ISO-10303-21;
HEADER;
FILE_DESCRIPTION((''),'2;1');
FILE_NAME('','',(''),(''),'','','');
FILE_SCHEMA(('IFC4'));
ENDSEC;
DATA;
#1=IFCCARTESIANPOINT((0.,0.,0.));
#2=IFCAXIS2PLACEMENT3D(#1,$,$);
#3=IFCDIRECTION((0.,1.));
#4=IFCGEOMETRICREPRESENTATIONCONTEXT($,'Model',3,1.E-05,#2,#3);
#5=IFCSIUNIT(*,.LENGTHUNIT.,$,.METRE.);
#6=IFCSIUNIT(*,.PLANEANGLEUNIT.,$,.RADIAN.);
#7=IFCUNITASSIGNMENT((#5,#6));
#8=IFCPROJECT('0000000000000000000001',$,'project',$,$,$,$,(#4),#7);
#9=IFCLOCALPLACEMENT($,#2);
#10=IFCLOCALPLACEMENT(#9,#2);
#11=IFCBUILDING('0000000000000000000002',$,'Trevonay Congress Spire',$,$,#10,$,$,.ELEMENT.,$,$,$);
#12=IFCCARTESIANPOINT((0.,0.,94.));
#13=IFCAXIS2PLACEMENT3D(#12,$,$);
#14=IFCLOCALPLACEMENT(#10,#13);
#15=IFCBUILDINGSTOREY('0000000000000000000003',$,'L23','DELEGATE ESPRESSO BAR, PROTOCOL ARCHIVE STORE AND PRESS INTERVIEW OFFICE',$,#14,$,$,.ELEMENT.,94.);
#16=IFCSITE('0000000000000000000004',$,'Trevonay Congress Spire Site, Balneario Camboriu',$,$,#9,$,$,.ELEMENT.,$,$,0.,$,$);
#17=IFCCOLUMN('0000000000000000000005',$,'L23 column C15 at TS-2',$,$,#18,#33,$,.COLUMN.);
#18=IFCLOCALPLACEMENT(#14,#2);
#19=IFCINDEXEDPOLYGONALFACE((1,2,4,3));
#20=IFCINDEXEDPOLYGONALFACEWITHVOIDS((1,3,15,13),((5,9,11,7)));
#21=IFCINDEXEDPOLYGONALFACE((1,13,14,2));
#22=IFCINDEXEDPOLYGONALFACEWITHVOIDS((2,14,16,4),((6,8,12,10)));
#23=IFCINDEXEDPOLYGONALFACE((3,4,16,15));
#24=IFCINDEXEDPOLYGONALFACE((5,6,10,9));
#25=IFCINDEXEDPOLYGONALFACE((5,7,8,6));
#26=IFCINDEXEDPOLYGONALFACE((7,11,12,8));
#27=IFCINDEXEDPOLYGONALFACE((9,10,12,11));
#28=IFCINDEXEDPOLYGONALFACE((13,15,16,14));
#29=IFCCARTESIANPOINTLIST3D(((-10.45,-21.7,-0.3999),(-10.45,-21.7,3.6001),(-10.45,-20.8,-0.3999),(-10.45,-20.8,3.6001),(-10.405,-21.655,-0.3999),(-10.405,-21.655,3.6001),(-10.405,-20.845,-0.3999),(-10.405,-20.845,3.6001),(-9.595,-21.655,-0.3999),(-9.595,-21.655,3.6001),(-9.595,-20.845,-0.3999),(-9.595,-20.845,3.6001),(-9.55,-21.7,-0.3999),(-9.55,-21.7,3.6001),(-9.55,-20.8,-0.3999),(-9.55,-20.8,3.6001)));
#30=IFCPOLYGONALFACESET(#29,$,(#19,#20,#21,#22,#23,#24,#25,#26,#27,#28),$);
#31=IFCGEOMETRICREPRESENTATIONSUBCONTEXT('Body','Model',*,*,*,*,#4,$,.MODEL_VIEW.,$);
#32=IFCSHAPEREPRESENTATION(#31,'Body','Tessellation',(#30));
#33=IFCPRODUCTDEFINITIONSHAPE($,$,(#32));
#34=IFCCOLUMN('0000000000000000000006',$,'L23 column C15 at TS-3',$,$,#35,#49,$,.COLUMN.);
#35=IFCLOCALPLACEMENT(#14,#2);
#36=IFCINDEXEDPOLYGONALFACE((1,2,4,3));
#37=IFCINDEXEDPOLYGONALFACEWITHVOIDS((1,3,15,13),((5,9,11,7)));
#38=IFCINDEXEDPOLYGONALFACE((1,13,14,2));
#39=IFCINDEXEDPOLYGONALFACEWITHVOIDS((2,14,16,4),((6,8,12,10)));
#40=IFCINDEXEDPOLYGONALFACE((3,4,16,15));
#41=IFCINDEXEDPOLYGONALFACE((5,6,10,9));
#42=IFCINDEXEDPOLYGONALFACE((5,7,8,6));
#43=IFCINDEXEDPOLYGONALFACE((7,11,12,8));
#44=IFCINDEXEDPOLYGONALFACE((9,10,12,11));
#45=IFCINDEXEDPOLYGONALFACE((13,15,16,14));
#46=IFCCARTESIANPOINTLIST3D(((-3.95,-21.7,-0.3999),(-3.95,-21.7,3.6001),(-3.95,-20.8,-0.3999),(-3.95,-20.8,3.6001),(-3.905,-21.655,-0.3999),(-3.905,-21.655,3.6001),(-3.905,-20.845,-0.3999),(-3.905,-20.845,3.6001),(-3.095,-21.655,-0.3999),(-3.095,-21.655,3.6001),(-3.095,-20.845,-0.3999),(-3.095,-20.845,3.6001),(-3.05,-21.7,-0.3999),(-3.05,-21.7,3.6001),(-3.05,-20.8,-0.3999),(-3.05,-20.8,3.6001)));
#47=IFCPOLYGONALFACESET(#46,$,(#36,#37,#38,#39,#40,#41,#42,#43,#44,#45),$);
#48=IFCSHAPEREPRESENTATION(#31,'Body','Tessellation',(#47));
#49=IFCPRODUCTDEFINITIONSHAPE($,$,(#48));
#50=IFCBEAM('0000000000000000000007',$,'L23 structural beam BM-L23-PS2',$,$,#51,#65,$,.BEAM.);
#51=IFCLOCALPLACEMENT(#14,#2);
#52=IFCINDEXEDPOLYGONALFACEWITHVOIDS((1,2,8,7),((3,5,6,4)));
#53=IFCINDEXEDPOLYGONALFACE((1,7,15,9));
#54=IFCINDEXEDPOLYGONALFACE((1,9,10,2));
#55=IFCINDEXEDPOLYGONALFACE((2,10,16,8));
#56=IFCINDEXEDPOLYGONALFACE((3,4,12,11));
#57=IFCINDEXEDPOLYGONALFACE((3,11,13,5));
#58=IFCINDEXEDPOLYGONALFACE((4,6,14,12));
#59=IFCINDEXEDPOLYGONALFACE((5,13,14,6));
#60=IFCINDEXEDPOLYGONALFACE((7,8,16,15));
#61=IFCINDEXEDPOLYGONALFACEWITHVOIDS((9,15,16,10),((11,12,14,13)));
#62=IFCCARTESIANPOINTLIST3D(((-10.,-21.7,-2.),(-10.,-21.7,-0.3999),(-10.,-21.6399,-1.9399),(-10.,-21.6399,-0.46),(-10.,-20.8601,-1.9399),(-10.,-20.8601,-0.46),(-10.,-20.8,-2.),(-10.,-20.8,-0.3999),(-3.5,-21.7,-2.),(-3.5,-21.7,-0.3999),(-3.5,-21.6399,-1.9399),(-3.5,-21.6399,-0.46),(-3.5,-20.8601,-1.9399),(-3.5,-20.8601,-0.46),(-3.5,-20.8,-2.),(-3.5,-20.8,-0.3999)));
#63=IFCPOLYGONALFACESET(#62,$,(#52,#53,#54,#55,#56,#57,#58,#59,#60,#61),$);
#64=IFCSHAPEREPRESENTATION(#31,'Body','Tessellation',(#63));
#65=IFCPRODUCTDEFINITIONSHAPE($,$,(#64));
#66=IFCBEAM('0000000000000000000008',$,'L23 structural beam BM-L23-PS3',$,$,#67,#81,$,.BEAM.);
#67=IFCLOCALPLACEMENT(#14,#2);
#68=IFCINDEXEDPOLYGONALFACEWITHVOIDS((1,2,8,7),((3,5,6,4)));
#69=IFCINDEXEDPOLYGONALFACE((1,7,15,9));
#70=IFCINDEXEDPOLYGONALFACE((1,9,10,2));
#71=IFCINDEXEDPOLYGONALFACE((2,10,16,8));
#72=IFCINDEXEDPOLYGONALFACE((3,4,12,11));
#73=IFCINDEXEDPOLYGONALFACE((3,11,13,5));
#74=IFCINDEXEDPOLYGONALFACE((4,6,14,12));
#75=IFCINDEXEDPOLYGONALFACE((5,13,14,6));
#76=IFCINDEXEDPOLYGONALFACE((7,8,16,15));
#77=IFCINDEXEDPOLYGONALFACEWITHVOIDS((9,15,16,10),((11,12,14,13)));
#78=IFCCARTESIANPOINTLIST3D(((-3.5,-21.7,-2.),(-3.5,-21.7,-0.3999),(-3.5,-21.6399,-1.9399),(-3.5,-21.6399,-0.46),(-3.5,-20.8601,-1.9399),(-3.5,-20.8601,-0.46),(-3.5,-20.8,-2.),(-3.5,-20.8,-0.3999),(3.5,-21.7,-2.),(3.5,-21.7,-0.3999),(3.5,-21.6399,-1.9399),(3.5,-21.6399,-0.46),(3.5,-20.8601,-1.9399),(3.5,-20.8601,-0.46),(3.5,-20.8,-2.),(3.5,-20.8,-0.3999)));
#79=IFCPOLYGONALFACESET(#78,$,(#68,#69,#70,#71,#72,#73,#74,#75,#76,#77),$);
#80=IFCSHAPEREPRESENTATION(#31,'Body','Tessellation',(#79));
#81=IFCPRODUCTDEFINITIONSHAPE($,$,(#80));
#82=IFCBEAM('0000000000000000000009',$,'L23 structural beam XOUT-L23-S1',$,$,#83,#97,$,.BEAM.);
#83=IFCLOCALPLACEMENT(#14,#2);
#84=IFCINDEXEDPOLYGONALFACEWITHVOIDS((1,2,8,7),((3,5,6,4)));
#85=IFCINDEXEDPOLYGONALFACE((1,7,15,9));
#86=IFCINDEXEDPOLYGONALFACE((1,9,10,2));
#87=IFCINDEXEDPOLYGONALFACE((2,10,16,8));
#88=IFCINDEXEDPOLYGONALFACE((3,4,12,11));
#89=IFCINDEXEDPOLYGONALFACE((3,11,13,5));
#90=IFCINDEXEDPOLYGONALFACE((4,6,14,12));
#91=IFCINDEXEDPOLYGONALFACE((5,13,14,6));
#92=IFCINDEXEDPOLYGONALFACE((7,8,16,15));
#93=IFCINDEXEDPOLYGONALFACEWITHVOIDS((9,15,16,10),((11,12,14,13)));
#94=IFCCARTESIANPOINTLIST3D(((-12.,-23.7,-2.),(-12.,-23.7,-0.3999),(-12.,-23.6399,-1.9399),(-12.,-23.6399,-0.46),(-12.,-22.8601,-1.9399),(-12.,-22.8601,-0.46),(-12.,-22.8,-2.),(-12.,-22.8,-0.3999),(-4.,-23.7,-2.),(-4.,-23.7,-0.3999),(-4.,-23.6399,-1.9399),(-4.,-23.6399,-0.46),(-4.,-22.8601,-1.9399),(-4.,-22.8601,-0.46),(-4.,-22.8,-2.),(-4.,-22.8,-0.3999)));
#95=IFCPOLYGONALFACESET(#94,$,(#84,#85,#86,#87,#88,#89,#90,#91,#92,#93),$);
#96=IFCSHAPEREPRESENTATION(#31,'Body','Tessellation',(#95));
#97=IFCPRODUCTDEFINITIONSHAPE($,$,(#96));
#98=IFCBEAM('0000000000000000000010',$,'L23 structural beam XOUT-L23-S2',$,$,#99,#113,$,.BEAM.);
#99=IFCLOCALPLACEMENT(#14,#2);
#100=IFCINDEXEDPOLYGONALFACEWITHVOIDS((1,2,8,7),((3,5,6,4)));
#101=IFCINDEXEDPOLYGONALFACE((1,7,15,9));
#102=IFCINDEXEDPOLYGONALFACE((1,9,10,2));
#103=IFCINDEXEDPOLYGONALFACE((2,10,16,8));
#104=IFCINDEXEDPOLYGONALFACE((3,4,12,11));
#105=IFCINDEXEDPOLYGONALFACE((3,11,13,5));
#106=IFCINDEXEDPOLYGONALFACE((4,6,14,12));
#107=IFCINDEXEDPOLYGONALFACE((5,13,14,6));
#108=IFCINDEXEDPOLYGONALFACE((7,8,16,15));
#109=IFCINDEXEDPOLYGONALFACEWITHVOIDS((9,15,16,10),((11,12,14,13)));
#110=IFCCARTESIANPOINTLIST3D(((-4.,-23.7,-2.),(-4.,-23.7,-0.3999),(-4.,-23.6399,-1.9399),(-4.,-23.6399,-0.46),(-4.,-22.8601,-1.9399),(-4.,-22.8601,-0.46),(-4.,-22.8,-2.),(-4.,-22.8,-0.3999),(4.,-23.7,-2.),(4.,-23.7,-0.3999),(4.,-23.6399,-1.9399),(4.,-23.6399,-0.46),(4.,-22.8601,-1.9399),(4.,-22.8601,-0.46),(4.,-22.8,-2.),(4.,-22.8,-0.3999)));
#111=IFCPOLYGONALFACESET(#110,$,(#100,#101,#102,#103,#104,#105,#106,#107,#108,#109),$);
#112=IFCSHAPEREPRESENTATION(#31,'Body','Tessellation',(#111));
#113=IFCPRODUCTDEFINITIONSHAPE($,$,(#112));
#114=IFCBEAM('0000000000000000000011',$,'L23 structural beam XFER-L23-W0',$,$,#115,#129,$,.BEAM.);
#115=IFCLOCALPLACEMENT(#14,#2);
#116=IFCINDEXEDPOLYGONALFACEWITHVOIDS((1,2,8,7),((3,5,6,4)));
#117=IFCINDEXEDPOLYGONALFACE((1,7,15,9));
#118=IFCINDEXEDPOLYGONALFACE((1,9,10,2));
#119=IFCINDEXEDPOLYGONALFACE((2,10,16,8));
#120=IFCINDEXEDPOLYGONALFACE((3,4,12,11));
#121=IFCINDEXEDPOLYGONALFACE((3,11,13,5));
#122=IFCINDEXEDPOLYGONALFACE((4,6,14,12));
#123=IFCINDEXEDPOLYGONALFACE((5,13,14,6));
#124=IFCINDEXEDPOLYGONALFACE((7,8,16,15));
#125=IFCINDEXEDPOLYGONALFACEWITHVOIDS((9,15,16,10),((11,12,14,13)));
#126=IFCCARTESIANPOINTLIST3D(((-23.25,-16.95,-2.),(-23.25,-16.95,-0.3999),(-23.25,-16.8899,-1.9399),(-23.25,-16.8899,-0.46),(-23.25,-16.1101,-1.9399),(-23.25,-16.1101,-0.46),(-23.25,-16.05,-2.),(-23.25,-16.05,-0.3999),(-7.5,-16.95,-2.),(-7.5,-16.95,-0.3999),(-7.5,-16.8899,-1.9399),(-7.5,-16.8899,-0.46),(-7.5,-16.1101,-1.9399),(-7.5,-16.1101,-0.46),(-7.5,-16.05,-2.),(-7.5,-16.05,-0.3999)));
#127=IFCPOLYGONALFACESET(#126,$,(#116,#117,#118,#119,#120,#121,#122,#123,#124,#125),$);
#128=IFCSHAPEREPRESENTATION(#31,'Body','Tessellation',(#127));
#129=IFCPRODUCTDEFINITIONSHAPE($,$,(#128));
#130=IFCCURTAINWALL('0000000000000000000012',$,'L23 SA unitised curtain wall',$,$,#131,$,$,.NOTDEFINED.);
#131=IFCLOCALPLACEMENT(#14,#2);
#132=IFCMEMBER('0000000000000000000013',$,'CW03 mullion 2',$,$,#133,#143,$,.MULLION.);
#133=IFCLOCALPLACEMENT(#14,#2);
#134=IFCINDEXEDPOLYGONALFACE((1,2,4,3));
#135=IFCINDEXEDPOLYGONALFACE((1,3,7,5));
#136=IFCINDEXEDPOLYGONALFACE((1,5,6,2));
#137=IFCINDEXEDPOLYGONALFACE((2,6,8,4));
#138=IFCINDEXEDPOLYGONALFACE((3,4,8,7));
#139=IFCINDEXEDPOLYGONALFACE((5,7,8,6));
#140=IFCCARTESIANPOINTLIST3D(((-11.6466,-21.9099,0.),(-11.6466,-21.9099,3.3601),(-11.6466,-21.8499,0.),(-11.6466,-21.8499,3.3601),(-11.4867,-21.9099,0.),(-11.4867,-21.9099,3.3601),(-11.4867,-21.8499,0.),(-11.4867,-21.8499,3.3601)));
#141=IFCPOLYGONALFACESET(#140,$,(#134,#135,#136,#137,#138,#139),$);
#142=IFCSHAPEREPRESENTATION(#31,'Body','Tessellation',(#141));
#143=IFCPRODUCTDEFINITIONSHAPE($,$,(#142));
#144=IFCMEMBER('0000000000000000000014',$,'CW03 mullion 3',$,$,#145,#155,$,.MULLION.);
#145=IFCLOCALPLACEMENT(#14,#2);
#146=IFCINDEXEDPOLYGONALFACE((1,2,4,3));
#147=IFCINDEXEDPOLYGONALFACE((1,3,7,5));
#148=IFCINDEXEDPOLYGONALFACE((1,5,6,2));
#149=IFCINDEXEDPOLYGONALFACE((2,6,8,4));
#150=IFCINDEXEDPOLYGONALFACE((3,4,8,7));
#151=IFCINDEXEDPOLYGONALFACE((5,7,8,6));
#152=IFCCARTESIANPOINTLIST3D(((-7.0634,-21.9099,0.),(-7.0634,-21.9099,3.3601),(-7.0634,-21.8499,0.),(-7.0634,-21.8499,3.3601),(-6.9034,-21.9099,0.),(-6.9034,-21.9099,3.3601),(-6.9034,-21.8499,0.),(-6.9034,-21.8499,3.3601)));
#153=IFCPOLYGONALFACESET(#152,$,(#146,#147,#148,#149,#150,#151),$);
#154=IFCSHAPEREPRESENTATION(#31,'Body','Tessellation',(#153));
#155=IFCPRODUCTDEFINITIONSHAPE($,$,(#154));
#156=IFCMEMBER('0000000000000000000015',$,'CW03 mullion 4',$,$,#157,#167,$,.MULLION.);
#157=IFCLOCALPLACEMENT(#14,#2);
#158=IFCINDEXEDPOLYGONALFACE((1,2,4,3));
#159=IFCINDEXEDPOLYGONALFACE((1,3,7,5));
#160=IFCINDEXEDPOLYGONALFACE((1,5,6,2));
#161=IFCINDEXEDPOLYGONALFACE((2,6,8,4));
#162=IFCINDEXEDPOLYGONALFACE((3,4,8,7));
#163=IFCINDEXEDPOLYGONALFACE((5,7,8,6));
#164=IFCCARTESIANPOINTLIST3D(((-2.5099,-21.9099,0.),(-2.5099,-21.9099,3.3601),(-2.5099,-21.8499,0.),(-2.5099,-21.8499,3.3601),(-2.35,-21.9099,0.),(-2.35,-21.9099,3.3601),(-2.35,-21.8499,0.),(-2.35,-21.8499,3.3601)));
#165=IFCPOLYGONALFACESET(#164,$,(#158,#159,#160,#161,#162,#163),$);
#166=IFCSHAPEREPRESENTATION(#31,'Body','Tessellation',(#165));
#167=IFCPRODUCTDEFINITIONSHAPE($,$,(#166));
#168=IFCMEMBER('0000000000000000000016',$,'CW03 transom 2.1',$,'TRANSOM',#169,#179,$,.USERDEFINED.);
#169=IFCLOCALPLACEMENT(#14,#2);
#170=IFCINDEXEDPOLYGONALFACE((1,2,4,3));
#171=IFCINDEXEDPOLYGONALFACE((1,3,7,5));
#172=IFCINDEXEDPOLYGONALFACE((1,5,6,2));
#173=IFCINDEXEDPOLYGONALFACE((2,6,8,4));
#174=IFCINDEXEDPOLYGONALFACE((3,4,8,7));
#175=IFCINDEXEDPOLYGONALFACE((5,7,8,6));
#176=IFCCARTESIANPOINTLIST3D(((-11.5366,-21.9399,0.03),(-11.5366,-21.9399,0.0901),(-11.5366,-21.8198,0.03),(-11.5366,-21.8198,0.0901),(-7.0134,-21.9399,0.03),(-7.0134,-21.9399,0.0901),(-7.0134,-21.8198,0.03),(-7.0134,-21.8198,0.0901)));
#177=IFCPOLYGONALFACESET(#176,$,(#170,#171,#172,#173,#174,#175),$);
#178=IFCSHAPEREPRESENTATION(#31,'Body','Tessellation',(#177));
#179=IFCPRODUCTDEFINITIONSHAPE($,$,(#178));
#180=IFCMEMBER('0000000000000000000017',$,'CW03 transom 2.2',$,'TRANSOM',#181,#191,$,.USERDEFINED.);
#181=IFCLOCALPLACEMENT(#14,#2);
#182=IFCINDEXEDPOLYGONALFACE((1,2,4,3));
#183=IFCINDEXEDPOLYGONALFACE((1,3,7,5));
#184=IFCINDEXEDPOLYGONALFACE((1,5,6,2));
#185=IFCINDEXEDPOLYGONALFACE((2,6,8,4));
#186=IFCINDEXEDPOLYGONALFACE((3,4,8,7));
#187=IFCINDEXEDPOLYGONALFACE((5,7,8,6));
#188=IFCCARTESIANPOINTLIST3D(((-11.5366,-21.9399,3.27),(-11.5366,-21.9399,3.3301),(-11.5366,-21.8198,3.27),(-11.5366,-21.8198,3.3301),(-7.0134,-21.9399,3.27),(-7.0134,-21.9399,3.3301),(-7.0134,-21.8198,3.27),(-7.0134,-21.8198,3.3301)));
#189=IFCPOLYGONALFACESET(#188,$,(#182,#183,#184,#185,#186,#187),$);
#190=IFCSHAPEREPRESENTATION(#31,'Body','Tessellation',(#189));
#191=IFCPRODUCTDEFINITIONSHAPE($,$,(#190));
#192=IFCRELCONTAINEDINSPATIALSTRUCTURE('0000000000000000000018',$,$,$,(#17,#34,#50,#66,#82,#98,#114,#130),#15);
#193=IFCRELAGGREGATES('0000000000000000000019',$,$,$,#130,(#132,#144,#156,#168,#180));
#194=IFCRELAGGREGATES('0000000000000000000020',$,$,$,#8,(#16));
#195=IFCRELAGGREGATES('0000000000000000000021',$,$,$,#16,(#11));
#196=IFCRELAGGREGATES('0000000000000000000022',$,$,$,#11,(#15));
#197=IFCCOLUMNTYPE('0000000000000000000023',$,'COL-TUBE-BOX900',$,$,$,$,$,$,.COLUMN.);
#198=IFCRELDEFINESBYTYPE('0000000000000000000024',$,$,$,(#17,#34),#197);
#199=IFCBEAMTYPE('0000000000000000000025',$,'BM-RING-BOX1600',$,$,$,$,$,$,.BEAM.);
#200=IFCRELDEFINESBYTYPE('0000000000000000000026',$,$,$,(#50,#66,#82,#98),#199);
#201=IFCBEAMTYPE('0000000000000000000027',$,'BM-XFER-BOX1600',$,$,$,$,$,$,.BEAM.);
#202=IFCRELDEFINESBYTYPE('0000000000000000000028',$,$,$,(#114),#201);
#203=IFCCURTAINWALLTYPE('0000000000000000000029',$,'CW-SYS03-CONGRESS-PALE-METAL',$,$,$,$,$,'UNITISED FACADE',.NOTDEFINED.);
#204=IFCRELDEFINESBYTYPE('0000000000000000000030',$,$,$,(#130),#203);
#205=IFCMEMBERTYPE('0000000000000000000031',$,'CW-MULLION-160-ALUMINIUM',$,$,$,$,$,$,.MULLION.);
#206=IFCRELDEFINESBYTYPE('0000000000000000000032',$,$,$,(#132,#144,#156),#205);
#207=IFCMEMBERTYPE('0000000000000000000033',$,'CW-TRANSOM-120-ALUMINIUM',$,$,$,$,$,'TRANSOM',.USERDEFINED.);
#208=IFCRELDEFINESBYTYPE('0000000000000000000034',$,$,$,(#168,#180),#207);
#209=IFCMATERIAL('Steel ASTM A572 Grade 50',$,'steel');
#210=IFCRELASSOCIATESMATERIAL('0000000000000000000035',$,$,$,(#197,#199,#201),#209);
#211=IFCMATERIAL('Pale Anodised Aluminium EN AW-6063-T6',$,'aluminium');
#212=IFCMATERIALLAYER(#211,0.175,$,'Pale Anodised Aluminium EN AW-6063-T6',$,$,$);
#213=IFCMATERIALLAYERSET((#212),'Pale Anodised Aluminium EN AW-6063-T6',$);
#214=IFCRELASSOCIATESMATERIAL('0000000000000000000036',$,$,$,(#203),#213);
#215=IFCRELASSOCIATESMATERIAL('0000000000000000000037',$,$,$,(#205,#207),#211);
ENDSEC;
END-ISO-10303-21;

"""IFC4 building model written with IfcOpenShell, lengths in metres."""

from ifc_helpers import new_model, si_unit, direction, frame, origin, origin_2d, place, context, subcontext, project, spatial, rectangle, hollow_rectangle, extrude, material, layer, layer_set, material_profile, profile_set, type_object, element, aggregate, save


model = new_model("IFC4")

# Units and contexts
model_context = context("Model", 3, precision=1e-05, world=origin(), true_north=direction((0.0, 1.0)))
body_context = subcontext(model_context, "Body", "Model", "MODEL_VIEW")
ifc_project = project(units=[si_unit("LENGTHUNIT", "METRE"), si_unit("PLANEANGLEUNIT", "RADIAN")], contexts=[model_context])

# Site, building, storey
site_placement = place(None, origin())
site = spatial("IfcSite", under=ifc_project, at=site_placement, Name="Trevonay Congress Spire Site, Balneario Camboriu", CompositionType="ELEMENT", RefElevation=0.0)
building_placement = place(site_placement, origin())
building = spatial("IfcBuilding", under=site, at=building_placement, Name="Trevonay Congress Spire", CompositionType="ELEMENT")
storey_placement = place(building_placement, frame((0.0, 0.0, 94.0)))
storey = spatial("IfcBuildingStorey", under=building, at=storey_placement, Name="L23", Description="DELEGATE ESPRESSO BAR, PROTOCOL ARCHIVE STORE AND PRESS INTERVIEW OFFICE", CompositionType="ELEMENT", Elevation=94.0)

# Columns
ifc_material_1 = material(Name="Steel ASTM A572 Grade 50", Category="steel")
ifc_material_profile_1 = material_profile(ifc_material_1, hollow_rectangle(XDim=0.8999, YDim=0.8999, WallThickness=0.0449, at=origin_2d()), Name="BOX 900x900x45")
ifc_profile_set_1 = profile_set([ifc_material_profile_1], Name="Steel ASTM A572 Grade 50")
column_type = type_object("IfcColumnType", Name="COL-TUBE-BOX900", PredefinedType="COLUMN", material=ifc_profile_set_1)
for number, where, z_axis, x_axis, name in (
    (1, (-10.0, -21.25, -0.3999), (0.0, 0.0, 1.0), (1.0, 0.0, 0.0), "L23 column C15 at TS-2"),
    (2, (-3.5, -21.25, -0.3999), (0.0, 0.0, 1.0), (1.0, 0.0, 0.0), "L23 column C15 at TS-3"),
):
    element("IfcColumn", number, at=place(storey_placement, frame(where, z_axis=z_axis, x_axis=x_axis)), inside=storey, type_object=column_type, Name=name, PredefinedType="COLUMN", context=body_context, shape_type="SweptSolid", body=[
        extrude(hollow_rectangle(XDim=0.8999, YDim=0.8999, WallThickness=0.0449, at=origin_2d()), origin(), (0.0, 0.0, 1.0), 4.0),
    ])

# Beams
ifc_material_profile_2 = material_profile(ifc_material_1, hollow_rectangle(XDim=0.8999, YDim=1.6001, WallThickness=0.0601, at=origin_2d()), Name="BOX 1600x900x60")
ifc_profile_set_2 = profile_set([ifc_material_profile_2], Name="Steel ASTM A572 Grade 50")
beam_type_1 = type_object("IfcBeamType", Name="BM-RING-BOX1600", PredefinedType="BEAM", material=ifc_profile_set_2)
beam_1_placement = place(storey_placement, frame((-10.0, -21.25, -1.2), z_axis=(1.0, 0.0, 0.0), x_axis=(0.0, 1.0, 0.0)))
element("IfcBeam", 3, at=beam_1_placement, inside=storey, type_object=beam_type_1, Name="L23 structural beam BM-L23-PS2", PredefinedType="BEAM", context=body_context, shape_type="SweptSolid", body=[
    extrude(hollow_rectangle(XDim=0.8999, YDim=1.6001, WallThickness=0.0601, at=origin_2d()), origin(), (0.0, 0.0, 1.0), 6.5),
])
beam_2_placement = place(storey_placement, frame((-3.5, -21.25, -1.2), z_axis=(1.0, 0.0, 0.0), x_axis=(0.0, 1.0, 0.0)))
element("IfcBeam", 4, at=beam_2_placement, inside=storey, type_object=beam_type_1, Name="L23 structural beam BM-L23-PS3", PredefinedType="BEAM", context=body_context, shape_type="SweptSolid", body=[
    extrude(hollow_rectangle(XDim=0.8999, YDim=1.6001, WallThickness=0.0601, at=origin_2d()), origin(), (0.0, 0.0, 1.0), 7.0),
])
for number, where, z_axis, x_axis, name in (
    (5, (-12.0, -23.25, -1.2), (1.0, 0.0, 0.0), (0.0, 1.0, 0.0), "L23 structural beam XOUT-L23-S1"),
    (6, (-4.0, -23.25, -1.2), (1.0, 0.0, 0.0), (0.0, 1.0, 0.0), "L23 structural beam XOUT-L23-S2"),
):
    element("IfcBeam", number, at=place(storey_placement, frame(where, z_axis=z_axis, x_axis=x_axis)), inside=storey, type_object=beam_type_1, Name=name, PredefinedType="BEAM", context=body_context, shape_type="SweptSolid", body=[
        extrude(hollow_rectangle(XDim=0.8999, YDim=1.6001, WallThickness=0.0601, at=origin_2d()), origin(), (0.0, 0.0, 1.0), 8.0),
    ])
ifc_material_profile_3 = material_profile(ifc_material_1, hollow_rectangle(XDim=0.8999, YDim=1.6001, WallThickness=0.0601, at=origin_2d()), Name="BOX 1600x900x60")
ifc_profile_set_3 = profile_set([ifc_material_profile_3], Name="Steel ASTM A572 Grade 50")
beam_type_2 = type_object("IfcBeamType", Name="BM-XFER-BOX1600", PredefinedType="BEAM", material=ifc_profile_set_3)
beam_3_placement = place(storey_placement, frame((-7.5, -16.5, -1.2), z_axis=(-1.0, 0.0, 0.0), x_axis=(0.0, -1.0, 0.0)))
element("IfcBeam", 7, at=beam_3_placement, inside=storey, type_object=beam_type_2, Name="L23 structural beam XFER-L23-W0", PredefinedType="BEAM", context=body_context, shape_type="SweptSolid", body=[
    extrude(hollow_rectangle(XDim=0.8999, YDim=1.6001, WallThickness=0.0601, at=origin_2d()), origin(), (0.0, 0.0, 1.0), 15.75),
])

# Curtain wall, members
ifc_material_2 = material(Name="Pale Anodised Aluminium EN AW-6063-T6", Category="aluminium")
ifc_layer_1 = layer(ifc_material_2, 0.175, Name="Pale Anodised Aluminium EN AW-6063-T6")
ifc_layer_set_1 = layer_set([ifc_layer_1], Name="Pale Anodised Aluminium EN AW-6063-T6")
curtain_wall_type = type_object("IfcCurtainWallType", Name="CW-SYS03-CONGRESS-PALE-METAL", ElementType="UNITISED FACADE", PredefinedType="NOTDEFINED", material=ifc_layer_set_1)
curtain_wall_placement = place(storey_placement, origin())
curtain_wall = element("IfcCurtainWall", 8, at=curtain_wall_placement, inside=storey, type_object=curtain_wall_type, Name="L23 SA unitised curtain wall", PredefinedType="NOTDEFINED")
ifc_material_profile_4 = material_profile(ifc_material_2, rectangle(XDim=0.0601, YDim=0.1599, at=origin_2d()), Name="CW-MULLION-160-ALUMINIUM")
ifc_profile_set_4 = profile_set([ifc_material_profile_4], Name="Pale Anodised Aluminium EN AW-6063-T6")
member_type_1 = type_object("IfcMemberType", Name="CW-MULLION-160-ALUMINIUM", PredefinedType="MULLION", material=ifc_profile_set_4)
member_1_placement = place(storey_placement, frame((-11.5667, -21.8799, 0.0), z_axis=(0.0, 0.0, 1.0), x_axis=(0.0, 1.0, 0.0)))
member_1 = element("IfcMember", 9, at=member_1_placement, type_object=member_type_1, Name="CW03 mullion 2", PredefinedType="MULLION", context=body_context, shape_type="SweptSolid", body=[
    extrude(rectangle(XDim=0.0601, YDim=0.1599, at=origin_2d()), origin(), (0.0, 0.0, 1.0), 3.3601),
])
member_2_placement = place(storey_placement, frame((-6.9834, -21.8799, 0.0), z_axis=(0.0, 0.0, 1.0), x_axis=(0.0, 1.0, 0.0)))
member_2 = element("IfcMember", 10, at=member_2_placement, type_object=member_type_1, Name="CW03 mullion 3", PredefinedType="MULLION", context=body_context, shape_type="SweptSolid", body=[
    extrude(rectangle(XDim=0.0601, YDim=0.1599, at=origin_2d()), origin(), (0.0, 0.0, 1.0), 3.3601),
])
member_3_placement = place(storey_placement, frame((-2.4299, -21.8799, 0.0), z_axis=(0.0, 0.0, 1.0), x_axis=(0.0, 1.0, 0.0)))
member_3 = element("IfcMember", 11, at=member_3_placement, type_object=member_type_1, Name="CW03 mullion 4", PredefinedType="MULLION", context=body_context, shape_type="SweptSolid", body=[
    extrude(rectangle(XDim=0.0601, YDim=0.1599, at=origin_2d()), origin(), (0.0, 0.0, 1.0), 3.3601),
])
ifc_material_profile_5 = material_profile(ifc_material_2, rectangle(XDim=0.1201, YDim=0.0601, at=origin_2d()), Name="CW-TRANSOM-120-ALUMINIUM")
ifc_profile_set_5 = profile_set([ifc_material_profile_5], Name="Pale Anodised Aluminium EN AW-6063-T6")
member_type_2 = type_object("IfcMemberType", Name="CW-TRANSOM-120-ALUMINIUM", ElementType="TRANSOM", PredefinedType="USERDEFINED", material=ifc_profile_set_5)
member_4_placement = place(storey_placement, frame((-11.5366, -21.8799, 0.0601), z_axis=(1.0, 0.0, 0.0), x_axis=(0.0, 1.0, 0.0)))
member_4 = element("IfcMember", 12, at=member_4_placement, type_object=member_type_2, Name="CW03 transom 2.1", ObjectType="TRANSOM", PredefinedType="USERDEFINED", context=body_context, shape_type="SweptSolid", body=[
    extrude(rectangle(XDim=0.1201, YDim=0.0601, at=origin_2d()), origin(), (0.0, 0.0, 1.0), 4.5232),
])
member_5_placement = place(storey_placement, frame((-11.5366, -21.8799, 3.3), z_axis=(1.0, 0.0, 0.0), x_axis=(0.0, 1.0, 0.0)))
member_5 = element("IfcMember", 13, at=member_5_placement, type_object=member_type_2, Name="CW03 transom 2.2", ObjectType="TRANSOM", PredefinedType="USERDEFINED", context=body_context, shape_type="SweptSolid", body=[
    extrude(rectangle(XDim=0.1201, YDim=0.0601, at=origin_2d()), origin(), (0.0, 0.0, 1.0), 4.5232),
])

aggregate(curtain_wall, [member_1, member_2, member_3, member_4, member_5])

save(model, "model.ifc")
